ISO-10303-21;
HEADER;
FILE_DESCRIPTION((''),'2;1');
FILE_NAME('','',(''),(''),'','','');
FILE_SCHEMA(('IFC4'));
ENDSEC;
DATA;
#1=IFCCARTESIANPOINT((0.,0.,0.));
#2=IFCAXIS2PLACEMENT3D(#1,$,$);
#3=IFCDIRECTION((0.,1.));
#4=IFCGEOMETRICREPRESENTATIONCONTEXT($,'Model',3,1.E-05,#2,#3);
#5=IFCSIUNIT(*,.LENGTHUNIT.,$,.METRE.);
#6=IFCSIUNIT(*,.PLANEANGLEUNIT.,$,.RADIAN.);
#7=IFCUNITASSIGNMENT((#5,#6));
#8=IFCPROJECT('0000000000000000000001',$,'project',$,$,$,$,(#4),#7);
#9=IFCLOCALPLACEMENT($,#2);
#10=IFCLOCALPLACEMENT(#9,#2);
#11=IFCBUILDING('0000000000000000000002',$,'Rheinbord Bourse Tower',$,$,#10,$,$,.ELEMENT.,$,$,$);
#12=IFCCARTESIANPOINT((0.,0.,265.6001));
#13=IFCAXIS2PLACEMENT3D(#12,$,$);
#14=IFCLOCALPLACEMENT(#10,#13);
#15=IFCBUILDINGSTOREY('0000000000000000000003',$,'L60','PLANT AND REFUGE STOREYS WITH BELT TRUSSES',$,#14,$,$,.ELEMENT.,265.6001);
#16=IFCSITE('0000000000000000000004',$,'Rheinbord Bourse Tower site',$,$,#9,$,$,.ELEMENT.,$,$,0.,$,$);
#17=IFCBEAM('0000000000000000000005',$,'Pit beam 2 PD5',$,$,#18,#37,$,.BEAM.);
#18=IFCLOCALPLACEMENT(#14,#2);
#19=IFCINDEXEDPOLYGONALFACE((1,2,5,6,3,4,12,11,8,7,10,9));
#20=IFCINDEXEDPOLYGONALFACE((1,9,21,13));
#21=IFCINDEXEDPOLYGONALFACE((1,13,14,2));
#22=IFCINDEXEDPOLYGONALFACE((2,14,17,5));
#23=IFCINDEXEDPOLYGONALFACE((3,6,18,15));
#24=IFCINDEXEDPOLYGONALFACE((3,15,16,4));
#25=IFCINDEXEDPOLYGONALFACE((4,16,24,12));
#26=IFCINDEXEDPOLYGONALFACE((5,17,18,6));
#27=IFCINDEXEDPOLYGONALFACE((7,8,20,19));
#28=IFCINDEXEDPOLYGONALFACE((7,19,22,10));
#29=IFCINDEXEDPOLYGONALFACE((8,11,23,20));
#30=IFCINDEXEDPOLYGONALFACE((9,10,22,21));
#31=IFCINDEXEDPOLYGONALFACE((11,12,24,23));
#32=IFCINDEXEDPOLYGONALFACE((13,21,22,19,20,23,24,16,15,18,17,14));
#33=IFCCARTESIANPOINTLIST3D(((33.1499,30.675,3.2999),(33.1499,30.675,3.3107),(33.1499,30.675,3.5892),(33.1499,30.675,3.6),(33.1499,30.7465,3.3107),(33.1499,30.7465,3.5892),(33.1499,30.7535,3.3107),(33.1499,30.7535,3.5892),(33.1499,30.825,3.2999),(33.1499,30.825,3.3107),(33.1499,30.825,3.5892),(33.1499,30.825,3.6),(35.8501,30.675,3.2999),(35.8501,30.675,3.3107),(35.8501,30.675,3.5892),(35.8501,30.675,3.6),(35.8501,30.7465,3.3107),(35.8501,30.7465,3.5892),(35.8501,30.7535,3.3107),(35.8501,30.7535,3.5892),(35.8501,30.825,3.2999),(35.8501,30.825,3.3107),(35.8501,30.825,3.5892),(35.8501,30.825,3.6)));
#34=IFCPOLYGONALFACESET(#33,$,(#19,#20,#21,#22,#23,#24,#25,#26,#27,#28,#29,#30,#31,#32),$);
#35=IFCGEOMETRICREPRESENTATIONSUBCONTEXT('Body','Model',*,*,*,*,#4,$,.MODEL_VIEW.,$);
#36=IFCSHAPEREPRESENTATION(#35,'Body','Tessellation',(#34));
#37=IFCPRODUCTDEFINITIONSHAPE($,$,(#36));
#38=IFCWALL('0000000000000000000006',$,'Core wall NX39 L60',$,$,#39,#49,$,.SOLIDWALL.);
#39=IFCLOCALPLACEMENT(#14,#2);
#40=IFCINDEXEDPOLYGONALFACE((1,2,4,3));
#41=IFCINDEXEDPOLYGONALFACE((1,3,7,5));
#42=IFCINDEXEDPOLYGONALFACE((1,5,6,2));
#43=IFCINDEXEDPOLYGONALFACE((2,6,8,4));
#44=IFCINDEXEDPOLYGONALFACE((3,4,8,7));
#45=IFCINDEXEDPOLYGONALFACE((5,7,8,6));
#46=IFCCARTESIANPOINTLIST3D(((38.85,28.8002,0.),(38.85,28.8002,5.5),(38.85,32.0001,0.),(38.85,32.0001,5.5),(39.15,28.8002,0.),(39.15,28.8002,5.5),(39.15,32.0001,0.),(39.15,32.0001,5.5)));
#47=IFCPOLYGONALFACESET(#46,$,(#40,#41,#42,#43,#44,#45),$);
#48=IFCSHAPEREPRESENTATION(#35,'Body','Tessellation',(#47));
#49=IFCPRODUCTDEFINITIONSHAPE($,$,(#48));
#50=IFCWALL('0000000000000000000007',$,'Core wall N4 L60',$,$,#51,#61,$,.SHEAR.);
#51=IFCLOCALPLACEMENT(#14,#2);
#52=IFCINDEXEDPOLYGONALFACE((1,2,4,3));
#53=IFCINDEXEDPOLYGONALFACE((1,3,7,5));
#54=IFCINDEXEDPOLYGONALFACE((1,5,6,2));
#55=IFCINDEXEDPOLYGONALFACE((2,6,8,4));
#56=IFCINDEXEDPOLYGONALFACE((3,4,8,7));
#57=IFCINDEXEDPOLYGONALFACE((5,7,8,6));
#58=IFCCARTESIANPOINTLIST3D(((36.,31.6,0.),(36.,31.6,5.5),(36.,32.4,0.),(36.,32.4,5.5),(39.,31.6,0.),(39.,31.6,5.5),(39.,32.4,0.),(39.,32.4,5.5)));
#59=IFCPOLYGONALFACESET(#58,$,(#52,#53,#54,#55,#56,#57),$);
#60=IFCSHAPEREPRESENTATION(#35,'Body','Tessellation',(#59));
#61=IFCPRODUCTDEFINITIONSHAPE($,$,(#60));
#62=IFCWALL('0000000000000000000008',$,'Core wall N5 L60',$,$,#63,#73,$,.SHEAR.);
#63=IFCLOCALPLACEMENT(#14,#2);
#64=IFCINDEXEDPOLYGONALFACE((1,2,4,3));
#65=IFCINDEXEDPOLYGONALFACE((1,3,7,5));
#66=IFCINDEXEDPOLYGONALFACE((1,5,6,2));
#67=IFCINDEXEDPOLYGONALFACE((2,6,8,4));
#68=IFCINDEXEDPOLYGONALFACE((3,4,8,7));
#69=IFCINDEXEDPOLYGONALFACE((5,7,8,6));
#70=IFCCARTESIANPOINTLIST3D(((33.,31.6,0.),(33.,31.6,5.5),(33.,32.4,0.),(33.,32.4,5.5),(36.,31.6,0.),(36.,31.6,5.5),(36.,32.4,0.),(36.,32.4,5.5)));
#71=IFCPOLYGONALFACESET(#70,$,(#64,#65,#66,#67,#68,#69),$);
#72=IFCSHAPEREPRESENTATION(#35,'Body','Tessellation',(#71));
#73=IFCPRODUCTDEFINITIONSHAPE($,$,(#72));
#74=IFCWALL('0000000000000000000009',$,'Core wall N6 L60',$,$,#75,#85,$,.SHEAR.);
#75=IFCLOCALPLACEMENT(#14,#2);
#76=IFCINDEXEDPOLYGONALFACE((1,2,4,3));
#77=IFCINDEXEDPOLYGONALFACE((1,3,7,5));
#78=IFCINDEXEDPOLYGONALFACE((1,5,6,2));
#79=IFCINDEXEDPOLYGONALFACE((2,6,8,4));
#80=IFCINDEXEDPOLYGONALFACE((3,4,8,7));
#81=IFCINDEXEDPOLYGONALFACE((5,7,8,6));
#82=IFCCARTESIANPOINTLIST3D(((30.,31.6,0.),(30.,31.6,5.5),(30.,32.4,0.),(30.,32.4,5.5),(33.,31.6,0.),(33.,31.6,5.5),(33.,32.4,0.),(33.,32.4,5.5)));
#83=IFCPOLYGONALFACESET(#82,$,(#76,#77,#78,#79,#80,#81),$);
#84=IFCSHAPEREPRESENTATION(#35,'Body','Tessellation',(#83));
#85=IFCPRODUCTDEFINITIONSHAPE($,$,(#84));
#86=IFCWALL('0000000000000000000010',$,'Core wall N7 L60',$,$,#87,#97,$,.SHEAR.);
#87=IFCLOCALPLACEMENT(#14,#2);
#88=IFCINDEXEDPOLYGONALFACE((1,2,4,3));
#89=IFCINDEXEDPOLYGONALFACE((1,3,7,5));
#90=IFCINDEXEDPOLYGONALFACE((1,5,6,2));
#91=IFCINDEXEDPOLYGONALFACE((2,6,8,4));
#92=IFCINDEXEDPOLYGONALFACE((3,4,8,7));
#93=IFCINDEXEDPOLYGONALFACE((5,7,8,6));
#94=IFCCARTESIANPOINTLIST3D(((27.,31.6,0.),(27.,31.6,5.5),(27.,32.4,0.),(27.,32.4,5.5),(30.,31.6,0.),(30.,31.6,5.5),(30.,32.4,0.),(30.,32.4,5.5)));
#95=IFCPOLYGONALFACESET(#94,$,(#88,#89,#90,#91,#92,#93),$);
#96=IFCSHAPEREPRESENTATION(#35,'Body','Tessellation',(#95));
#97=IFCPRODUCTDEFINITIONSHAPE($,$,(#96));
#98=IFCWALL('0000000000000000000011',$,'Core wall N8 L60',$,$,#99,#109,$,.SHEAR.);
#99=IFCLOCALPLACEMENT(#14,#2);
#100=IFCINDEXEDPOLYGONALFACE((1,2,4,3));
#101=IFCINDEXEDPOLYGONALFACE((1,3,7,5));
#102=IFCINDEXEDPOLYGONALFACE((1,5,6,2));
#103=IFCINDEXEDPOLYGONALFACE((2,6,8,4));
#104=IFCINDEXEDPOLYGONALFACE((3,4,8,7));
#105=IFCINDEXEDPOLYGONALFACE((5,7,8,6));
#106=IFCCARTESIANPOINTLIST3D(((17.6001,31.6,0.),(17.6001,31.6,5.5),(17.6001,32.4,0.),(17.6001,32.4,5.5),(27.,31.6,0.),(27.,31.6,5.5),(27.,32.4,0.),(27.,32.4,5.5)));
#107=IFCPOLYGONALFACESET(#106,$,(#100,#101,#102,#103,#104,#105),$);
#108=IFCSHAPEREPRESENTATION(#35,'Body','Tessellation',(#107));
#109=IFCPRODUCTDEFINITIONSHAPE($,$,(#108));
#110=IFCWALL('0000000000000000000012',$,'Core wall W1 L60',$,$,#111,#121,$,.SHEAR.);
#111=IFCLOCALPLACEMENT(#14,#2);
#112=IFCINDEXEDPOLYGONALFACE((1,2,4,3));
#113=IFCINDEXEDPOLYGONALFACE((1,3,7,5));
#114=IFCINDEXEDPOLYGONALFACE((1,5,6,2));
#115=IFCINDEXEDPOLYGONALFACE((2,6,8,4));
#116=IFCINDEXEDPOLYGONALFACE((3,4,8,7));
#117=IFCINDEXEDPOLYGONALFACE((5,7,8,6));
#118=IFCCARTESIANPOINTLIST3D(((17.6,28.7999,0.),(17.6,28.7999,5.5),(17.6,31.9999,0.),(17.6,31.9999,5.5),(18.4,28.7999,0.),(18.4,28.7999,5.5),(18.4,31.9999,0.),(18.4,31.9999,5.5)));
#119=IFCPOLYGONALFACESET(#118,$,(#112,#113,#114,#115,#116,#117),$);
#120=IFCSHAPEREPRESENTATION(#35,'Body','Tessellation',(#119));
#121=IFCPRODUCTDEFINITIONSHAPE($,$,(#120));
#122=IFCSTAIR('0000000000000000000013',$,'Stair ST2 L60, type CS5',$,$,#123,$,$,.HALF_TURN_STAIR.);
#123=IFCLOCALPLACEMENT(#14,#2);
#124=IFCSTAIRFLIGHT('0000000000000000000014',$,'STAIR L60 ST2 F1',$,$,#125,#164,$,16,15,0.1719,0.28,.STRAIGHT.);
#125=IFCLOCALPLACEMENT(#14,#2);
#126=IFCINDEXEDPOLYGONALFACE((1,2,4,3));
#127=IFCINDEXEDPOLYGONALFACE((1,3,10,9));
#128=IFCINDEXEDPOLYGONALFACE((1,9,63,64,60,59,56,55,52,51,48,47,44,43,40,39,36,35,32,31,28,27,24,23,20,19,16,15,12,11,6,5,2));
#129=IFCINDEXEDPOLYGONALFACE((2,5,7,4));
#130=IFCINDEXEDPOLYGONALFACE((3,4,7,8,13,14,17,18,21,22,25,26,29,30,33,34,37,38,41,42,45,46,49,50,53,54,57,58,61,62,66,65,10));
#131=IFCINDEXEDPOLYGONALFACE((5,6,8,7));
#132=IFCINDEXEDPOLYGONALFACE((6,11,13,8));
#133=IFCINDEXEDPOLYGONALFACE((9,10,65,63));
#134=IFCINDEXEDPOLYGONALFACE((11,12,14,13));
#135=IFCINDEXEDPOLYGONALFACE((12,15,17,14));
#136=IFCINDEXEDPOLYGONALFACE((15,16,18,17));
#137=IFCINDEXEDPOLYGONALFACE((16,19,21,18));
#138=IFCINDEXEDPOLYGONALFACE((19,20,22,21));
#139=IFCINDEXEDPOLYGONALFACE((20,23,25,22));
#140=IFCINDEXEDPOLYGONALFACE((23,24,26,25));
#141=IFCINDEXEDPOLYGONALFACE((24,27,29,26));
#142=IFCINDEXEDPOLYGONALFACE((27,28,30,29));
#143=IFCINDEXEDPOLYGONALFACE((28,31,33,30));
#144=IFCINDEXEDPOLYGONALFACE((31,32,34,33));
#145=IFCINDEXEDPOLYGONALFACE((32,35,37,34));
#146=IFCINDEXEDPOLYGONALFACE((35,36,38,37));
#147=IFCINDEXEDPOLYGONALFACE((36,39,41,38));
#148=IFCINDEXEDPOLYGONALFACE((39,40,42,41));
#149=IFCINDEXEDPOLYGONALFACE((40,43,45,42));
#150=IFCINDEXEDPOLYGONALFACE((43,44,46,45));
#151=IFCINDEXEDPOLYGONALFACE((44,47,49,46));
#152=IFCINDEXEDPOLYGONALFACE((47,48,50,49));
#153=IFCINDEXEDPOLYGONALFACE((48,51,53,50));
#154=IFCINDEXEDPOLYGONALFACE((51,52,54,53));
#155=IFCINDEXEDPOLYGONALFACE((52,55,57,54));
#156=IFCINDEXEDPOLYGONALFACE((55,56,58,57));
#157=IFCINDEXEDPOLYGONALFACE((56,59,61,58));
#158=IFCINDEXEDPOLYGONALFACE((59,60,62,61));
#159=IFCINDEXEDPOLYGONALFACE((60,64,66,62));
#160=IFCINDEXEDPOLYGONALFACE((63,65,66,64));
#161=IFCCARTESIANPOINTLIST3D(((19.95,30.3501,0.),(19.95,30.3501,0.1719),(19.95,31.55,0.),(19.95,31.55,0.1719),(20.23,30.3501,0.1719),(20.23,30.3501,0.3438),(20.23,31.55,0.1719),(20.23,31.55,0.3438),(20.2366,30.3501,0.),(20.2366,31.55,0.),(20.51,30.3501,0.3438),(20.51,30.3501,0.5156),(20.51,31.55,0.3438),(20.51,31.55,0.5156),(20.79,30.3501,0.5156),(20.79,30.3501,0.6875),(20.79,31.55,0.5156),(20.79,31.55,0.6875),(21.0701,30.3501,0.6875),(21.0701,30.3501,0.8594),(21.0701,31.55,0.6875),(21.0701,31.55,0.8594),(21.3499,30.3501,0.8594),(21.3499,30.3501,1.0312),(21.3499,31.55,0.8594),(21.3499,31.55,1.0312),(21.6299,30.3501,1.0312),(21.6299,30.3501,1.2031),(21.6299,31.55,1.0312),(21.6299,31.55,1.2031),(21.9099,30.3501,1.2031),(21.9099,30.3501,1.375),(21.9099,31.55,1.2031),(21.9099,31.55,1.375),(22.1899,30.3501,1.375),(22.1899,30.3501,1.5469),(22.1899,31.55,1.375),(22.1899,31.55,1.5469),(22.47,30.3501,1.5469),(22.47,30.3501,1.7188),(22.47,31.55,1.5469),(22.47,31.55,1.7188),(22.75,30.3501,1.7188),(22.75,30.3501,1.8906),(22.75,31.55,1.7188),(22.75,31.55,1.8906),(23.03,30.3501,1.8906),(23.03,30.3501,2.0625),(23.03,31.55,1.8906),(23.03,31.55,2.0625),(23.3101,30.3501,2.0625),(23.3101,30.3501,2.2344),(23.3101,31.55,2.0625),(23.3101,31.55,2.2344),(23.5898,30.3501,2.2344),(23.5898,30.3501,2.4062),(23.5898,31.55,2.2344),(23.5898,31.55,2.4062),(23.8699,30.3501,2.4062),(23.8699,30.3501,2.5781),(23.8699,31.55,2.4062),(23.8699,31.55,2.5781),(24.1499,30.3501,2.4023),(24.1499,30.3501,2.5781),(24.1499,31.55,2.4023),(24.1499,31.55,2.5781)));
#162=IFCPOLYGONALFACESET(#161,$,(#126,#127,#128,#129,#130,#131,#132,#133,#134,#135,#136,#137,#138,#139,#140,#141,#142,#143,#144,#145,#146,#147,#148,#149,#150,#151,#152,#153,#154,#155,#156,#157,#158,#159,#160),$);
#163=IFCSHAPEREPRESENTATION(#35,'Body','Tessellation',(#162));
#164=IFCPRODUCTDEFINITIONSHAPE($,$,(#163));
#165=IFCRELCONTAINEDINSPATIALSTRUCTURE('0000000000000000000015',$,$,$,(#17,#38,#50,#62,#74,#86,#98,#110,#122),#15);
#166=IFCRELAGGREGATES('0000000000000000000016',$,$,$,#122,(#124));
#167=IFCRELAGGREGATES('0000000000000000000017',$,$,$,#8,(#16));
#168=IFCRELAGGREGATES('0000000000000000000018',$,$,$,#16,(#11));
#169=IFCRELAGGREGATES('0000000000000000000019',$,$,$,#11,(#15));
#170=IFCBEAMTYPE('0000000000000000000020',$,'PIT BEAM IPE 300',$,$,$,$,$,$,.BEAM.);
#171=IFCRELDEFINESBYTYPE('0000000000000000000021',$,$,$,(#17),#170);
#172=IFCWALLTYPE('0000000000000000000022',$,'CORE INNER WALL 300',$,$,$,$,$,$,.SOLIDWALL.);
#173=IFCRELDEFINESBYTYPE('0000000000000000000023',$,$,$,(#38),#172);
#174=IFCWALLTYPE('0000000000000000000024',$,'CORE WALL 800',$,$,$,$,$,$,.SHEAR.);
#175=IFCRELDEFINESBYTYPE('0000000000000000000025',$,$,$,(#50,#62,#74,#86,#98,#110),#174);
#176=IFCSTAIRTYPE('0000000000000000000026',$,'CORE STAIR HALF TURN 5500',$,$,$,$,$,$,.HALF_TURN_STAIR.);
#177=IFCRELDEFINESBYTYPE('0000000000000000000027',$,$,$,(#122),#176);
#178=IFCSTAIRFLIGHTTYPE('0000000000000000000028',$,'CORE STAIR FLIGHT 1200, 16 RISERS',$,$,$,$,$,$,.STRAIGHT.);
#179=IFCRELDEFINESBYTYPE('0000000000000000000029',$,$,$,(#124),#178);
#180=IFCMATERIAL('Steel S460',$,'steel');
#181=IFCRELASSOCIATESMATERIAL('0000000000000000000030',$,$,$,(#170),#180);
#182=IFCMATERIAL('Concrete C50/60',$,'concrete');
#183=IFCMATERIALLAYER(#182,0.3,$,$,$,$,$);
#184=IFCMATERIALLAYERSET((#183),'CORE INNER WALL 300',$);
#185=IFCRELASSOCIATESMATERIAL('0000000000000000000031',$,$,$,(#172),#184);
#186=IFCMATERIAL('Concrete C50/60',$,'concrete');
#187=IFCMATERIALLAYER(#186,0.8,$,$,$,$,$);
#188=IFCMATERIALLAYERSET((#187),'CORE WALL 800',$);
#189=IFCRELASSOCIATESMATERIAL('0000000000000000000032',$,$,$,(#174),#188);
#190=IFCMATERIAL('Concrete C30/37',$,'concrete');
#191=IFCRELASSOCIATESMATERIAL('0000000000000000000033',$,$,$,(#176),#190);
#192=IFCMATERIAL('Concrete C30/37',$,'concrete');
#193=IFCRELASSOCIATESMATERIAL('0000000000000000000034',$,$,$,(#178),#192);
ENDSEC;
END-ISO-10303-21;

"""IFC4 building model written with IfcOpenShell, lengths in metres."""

from ifc_helpers import new_model, si_unit, direction, frame, frame_2d, origin, origin_2d, place, context, subcontext, project, spatial, polyline, rectangle, i_section, outline, extrude, material, layer, layer_set, material_profile, profile_set, type_object, element, aggregate, save


model = new_model("IFC4")

# Units and contexts
model_context = context("Model", 3, precision=1e-05, world=origin(), true_north=direction((0.0, 1.0)))
body_context = subcontext(model_context, "Body", "Model", "MODEL_VIEW")
ifc_project = project(units=[si_unit("LENGTHUNIT", "METRE"), si_unit("PLANEANGLEUNIT", "RADIAN")], contexts=[model_context])

# Site, building, storey
site_placement = place(None, origin())
site = spatial("IfcSite", under=ifc_project, at=site_placement, Name="Rheinbord Bourse Tower site", CompositionType="ELEMENT", RefElevation=0.0)
building_placement = place(site_placement, origin())
building = spatial("IfcBuilding", under=site, at=building_placement, Name="Rheinbord Bourse Tower", CompositionType="ELEMENT")
storey_placement = place(building_placement, frame((0.0, 0.0, 265.6001)))
storey = spatial("IfcBuildingStorey", under=building, at=storey_placement, Name="L60", Description="PLANT AND REFUGE STOREYS WITH BELT TRUSSES", CompositionType="ELEMENT", Elevation=265.6001)

# Beam
ifc_material_1 = material(Name="Steel S460", Category="steel")
ifc_material_profile_1 = material_profile(ifc_material_1, i_section(OverallWidth=0.1499, OverallDepth=0.3, WebThickness=0.0071, FlangeThickness=0.0107, at=origin_2d()), Name="IPE 300")
ifc_profile_set_1 = profile_set([ifc_material_profile_1], Name="Steel S460")
beam_type_1 = type_object("IfcBeamType", Name="PIT BEAM IPE 300", PredefinedType="BEAM", material=ifc_profile_set_1)
for number, where, z_axis, x_axis, name in (
    (1, (33.1499, 30.75, 3.45), (1.0, 0.0, 0.0), (0.0, 1.0, 0.0), "Pit beam 2 PD5"),
):
    element("IfcBeam", number, at=place(storey_placement, frame(where, z_axis=z_axis, x_axis=x_axis)), inside=storey, type_object=beam_type_1, Name=name, PredefinedType="BEAM", context=body_context, shape_type="SweptSolid", body=[
        extrude(i_section(OverallWidth=0.1499, OverallDepth=0.3, WebThickness=0.0071, FlangeThickness=0.0107, at=origin_2d()), origin(), (0.0, 0.0, 1.0), 2.7002),
    ])

# Walls
ifc_material_2 = material(Name="Concrete C50/60", Category="concrete")
ifc_layer_1 = layer(ifc_material_2, 0.3)
ifc_layer_set_1 = layer_set([ifc_layer_1], Name="CORE INNER WALL 300")
wall_type_1 = type_object("IfcWallType", Name="CORE INNER WALL 300", PredefinedType="SOLIDWALL", material=ifc_layer_set_1)
wall_1_placement = place(storey_placement, frame((39.0, 28.8, 0.0), z_axis=(0.0, 0.0, 1.0), x_axis=(0.0, 1.0, 0.0)))
element("IfcWall", 2, at=wall_1_placement, inside=storey, type_object=wall_type_1, Name="Core wall NX39 L60", PredefinedType="SOLIDWALL", context=body_context, shape_type="SweptSolid", body=[
    extrude(rectangle(XDim=3.2, YDim=0.3, at=frame_2d((1.6001, 0.0))), origin(), (0.0, 0.0, 1.0), 5.5),
])
ifc_material_3 = material(Name="Concrete C50/60", Category="concrete")
ifc_layer_2 = layer(ifc_material_3, 0.8)
ifc_layer_set_2 = layer_set([ifc_layer_2], Name="CORE WALL 800")
wall_type_2 = type_object("IfcWallType", Name="CORE WALL 800", PredefinedType="SHEAR", material=ifc_layer_set_2)
for number, where, z_axis, x_axis, name in (
    (3, (39.0, 32.0, 0.0), (0.0, 0.0, 1.0), (-1.0, 0.0, 0.0), "Core wall N4 L60"),
    (4, (36.0, 32.0, 0.0), (0.0, 0.0, 1.0), (-1.0, 0.0, 0.0), "Core wall N5 L60"),
    (5, (33.0, 32.0, 0.0), (0.0, 0.0, 1.0), (-1.0, 0.0, 0.0), "Core wall N6 L60"),
    (6, (30.0, 32.0, 0.0), (0.0, 0.0, 1.0), (-1.0, 0.0, 0.0), "Core wall N7 L60"),
):
    element("IfcWall", number, at=place(storey_placement, frame(where, z_axis=z_axis, x_axis=x_axis)), inside=storey, type_object=wall_type_2, Name=name, PredefinedType="SHEAR", context=body_context, shape_type="SweptSolid", body=[
        extrude(rectangle(XDim=3.0, YDim=0.8, at=frame_2d((1.5, 0.0))), origin(), (0.0, 0.0, 1.0), 5.5),
    ])
wall_2_placement = place(storey_placement, frame((27.0, 32.0, 0.0), z_axis=(0.0, 0.0, 1.0), x_axis=(-1.0, 0.0, 0.0)))
element("IfcWall", 7, at=wall_2_placement, inside=storey, type_object=wall_type_2, Name="Core wall N8 L60", PredefinedType="SHEAR", context=body_context, shape_type="SweptSolid", body=[
    extrude(rectangle(XDim=9.3999, YDim=0.8, at=frame_2d((4.7, 0.0))), origin(), (0.0, 0.0, 1.0), 5.5),
])
wall_3_placement = place(storey_placement, frame((18.0, 32.0, 0.0), z_axis=(0.0, 0.0, 1.0), x_axis=(0.0, -1.0, 0.0)))
element("IfcWall", 8, at=wall_3_placement, inside=storey, type_object=wall_type_2, Name="Core wall W1 L60", PredefinedType="SHEAR", context=body_context, shape_type="SweptSolid", body=[
    extrude(rectangle(XDim=3.2, YDim=0.8, at=frame_2d((1.6001, 0.0))), origin(), (0.0, 0.0, 1.0), 5.5),
])

# Stair, stair flight
ifc_material_4 = material(Name="Concrete C30/37", Category="concrete")
stair_type = type_object("IfcStairType", Name="CORE STAIR HALF TURN 5500", PredefinedType="HALF_TURN_STAIR", material=ifc_material_4)
stair_placement = place(storey_placement, origin())
stair = element("IfcStair", 9, at=stair_placement, inside=storey, type_object=stair_type, Name="Stair ST2 L60, type CS5", PredefinedType="HALF_TURN_STAIR")
ifc_material_5 = material(Name="Concrete C30/37", Category="concrete")
stair_flight_type = type_object("IfcStairFlightType", Name="CORE STAIR FLIGHT 1200, 16 RISERS", PredefinedType="STRAIGHT", material=ifc_material_5)
stair_flight_1_placement = place(storey_placement, frame((19.95, 30.95, 0.0), z_axis=(0.0, 0.0, 1.0), x_axis=(1.0, 0.0, 0.0)))
stair_flight_1 = element("IfcStairFlight", 10, at=stair_flight_1_placement, type_object=stair_flight_type, Name="STAIR L60 ST2 F1", NumberOfRisers=16, NumberOfTreads=15, PredefinedType="STRAIGHT", RiserHeight=0.1719, TreadLength=0.28, context=body_context, shape_type="SweptSolid", body=[
    extrude(outline(polyline([(0.0, 0.0), (0.0, 0.1719), (0.28, 0.1719), (0.28, 0.3438), (0.5601, 0.3438), (0.5601, 0.5156), (0.8401, 0.5156), (0.8401, 0.6875), (1.1201, 0.6875), (1.1201, 0.8594), (1.3999, 0.8594), (1.3999, 1.0312), (1.6799, 1.0312), (1.6799, 1.2031), (1.96, 1.2031), (1.96, 1.375), (2.24, 1.375), (2.24, 1.5469), (2.52, 1.5469), (2.52, 1.7188), (2.8, 1.7188), (2.8, 1.8906), (3.0801, 1.8906), (3.0801, 2.0625), (3.3601, 2.0625), (3.3601, 2.2344), (3.6399, 2.2344), (3.6399, 2.4062), (3.9199, 2.4062), (3.9199, 2.5781), (4.2, 2.5781), (4.2, 2.75), (4.2, 2.4023), (0.2866, 0.0), (0.0, 0.0)])), frame((0.0, 0.6001, 0.0), z_axis=(0.0, -1.0, 0.0), x_axis=(1.0, 0.0, 0.0)), (0.0, 0.0, 1.0), 1.2),
])
aggregate(stair, [stair_flight_1])

save(model, "model.ifc")
